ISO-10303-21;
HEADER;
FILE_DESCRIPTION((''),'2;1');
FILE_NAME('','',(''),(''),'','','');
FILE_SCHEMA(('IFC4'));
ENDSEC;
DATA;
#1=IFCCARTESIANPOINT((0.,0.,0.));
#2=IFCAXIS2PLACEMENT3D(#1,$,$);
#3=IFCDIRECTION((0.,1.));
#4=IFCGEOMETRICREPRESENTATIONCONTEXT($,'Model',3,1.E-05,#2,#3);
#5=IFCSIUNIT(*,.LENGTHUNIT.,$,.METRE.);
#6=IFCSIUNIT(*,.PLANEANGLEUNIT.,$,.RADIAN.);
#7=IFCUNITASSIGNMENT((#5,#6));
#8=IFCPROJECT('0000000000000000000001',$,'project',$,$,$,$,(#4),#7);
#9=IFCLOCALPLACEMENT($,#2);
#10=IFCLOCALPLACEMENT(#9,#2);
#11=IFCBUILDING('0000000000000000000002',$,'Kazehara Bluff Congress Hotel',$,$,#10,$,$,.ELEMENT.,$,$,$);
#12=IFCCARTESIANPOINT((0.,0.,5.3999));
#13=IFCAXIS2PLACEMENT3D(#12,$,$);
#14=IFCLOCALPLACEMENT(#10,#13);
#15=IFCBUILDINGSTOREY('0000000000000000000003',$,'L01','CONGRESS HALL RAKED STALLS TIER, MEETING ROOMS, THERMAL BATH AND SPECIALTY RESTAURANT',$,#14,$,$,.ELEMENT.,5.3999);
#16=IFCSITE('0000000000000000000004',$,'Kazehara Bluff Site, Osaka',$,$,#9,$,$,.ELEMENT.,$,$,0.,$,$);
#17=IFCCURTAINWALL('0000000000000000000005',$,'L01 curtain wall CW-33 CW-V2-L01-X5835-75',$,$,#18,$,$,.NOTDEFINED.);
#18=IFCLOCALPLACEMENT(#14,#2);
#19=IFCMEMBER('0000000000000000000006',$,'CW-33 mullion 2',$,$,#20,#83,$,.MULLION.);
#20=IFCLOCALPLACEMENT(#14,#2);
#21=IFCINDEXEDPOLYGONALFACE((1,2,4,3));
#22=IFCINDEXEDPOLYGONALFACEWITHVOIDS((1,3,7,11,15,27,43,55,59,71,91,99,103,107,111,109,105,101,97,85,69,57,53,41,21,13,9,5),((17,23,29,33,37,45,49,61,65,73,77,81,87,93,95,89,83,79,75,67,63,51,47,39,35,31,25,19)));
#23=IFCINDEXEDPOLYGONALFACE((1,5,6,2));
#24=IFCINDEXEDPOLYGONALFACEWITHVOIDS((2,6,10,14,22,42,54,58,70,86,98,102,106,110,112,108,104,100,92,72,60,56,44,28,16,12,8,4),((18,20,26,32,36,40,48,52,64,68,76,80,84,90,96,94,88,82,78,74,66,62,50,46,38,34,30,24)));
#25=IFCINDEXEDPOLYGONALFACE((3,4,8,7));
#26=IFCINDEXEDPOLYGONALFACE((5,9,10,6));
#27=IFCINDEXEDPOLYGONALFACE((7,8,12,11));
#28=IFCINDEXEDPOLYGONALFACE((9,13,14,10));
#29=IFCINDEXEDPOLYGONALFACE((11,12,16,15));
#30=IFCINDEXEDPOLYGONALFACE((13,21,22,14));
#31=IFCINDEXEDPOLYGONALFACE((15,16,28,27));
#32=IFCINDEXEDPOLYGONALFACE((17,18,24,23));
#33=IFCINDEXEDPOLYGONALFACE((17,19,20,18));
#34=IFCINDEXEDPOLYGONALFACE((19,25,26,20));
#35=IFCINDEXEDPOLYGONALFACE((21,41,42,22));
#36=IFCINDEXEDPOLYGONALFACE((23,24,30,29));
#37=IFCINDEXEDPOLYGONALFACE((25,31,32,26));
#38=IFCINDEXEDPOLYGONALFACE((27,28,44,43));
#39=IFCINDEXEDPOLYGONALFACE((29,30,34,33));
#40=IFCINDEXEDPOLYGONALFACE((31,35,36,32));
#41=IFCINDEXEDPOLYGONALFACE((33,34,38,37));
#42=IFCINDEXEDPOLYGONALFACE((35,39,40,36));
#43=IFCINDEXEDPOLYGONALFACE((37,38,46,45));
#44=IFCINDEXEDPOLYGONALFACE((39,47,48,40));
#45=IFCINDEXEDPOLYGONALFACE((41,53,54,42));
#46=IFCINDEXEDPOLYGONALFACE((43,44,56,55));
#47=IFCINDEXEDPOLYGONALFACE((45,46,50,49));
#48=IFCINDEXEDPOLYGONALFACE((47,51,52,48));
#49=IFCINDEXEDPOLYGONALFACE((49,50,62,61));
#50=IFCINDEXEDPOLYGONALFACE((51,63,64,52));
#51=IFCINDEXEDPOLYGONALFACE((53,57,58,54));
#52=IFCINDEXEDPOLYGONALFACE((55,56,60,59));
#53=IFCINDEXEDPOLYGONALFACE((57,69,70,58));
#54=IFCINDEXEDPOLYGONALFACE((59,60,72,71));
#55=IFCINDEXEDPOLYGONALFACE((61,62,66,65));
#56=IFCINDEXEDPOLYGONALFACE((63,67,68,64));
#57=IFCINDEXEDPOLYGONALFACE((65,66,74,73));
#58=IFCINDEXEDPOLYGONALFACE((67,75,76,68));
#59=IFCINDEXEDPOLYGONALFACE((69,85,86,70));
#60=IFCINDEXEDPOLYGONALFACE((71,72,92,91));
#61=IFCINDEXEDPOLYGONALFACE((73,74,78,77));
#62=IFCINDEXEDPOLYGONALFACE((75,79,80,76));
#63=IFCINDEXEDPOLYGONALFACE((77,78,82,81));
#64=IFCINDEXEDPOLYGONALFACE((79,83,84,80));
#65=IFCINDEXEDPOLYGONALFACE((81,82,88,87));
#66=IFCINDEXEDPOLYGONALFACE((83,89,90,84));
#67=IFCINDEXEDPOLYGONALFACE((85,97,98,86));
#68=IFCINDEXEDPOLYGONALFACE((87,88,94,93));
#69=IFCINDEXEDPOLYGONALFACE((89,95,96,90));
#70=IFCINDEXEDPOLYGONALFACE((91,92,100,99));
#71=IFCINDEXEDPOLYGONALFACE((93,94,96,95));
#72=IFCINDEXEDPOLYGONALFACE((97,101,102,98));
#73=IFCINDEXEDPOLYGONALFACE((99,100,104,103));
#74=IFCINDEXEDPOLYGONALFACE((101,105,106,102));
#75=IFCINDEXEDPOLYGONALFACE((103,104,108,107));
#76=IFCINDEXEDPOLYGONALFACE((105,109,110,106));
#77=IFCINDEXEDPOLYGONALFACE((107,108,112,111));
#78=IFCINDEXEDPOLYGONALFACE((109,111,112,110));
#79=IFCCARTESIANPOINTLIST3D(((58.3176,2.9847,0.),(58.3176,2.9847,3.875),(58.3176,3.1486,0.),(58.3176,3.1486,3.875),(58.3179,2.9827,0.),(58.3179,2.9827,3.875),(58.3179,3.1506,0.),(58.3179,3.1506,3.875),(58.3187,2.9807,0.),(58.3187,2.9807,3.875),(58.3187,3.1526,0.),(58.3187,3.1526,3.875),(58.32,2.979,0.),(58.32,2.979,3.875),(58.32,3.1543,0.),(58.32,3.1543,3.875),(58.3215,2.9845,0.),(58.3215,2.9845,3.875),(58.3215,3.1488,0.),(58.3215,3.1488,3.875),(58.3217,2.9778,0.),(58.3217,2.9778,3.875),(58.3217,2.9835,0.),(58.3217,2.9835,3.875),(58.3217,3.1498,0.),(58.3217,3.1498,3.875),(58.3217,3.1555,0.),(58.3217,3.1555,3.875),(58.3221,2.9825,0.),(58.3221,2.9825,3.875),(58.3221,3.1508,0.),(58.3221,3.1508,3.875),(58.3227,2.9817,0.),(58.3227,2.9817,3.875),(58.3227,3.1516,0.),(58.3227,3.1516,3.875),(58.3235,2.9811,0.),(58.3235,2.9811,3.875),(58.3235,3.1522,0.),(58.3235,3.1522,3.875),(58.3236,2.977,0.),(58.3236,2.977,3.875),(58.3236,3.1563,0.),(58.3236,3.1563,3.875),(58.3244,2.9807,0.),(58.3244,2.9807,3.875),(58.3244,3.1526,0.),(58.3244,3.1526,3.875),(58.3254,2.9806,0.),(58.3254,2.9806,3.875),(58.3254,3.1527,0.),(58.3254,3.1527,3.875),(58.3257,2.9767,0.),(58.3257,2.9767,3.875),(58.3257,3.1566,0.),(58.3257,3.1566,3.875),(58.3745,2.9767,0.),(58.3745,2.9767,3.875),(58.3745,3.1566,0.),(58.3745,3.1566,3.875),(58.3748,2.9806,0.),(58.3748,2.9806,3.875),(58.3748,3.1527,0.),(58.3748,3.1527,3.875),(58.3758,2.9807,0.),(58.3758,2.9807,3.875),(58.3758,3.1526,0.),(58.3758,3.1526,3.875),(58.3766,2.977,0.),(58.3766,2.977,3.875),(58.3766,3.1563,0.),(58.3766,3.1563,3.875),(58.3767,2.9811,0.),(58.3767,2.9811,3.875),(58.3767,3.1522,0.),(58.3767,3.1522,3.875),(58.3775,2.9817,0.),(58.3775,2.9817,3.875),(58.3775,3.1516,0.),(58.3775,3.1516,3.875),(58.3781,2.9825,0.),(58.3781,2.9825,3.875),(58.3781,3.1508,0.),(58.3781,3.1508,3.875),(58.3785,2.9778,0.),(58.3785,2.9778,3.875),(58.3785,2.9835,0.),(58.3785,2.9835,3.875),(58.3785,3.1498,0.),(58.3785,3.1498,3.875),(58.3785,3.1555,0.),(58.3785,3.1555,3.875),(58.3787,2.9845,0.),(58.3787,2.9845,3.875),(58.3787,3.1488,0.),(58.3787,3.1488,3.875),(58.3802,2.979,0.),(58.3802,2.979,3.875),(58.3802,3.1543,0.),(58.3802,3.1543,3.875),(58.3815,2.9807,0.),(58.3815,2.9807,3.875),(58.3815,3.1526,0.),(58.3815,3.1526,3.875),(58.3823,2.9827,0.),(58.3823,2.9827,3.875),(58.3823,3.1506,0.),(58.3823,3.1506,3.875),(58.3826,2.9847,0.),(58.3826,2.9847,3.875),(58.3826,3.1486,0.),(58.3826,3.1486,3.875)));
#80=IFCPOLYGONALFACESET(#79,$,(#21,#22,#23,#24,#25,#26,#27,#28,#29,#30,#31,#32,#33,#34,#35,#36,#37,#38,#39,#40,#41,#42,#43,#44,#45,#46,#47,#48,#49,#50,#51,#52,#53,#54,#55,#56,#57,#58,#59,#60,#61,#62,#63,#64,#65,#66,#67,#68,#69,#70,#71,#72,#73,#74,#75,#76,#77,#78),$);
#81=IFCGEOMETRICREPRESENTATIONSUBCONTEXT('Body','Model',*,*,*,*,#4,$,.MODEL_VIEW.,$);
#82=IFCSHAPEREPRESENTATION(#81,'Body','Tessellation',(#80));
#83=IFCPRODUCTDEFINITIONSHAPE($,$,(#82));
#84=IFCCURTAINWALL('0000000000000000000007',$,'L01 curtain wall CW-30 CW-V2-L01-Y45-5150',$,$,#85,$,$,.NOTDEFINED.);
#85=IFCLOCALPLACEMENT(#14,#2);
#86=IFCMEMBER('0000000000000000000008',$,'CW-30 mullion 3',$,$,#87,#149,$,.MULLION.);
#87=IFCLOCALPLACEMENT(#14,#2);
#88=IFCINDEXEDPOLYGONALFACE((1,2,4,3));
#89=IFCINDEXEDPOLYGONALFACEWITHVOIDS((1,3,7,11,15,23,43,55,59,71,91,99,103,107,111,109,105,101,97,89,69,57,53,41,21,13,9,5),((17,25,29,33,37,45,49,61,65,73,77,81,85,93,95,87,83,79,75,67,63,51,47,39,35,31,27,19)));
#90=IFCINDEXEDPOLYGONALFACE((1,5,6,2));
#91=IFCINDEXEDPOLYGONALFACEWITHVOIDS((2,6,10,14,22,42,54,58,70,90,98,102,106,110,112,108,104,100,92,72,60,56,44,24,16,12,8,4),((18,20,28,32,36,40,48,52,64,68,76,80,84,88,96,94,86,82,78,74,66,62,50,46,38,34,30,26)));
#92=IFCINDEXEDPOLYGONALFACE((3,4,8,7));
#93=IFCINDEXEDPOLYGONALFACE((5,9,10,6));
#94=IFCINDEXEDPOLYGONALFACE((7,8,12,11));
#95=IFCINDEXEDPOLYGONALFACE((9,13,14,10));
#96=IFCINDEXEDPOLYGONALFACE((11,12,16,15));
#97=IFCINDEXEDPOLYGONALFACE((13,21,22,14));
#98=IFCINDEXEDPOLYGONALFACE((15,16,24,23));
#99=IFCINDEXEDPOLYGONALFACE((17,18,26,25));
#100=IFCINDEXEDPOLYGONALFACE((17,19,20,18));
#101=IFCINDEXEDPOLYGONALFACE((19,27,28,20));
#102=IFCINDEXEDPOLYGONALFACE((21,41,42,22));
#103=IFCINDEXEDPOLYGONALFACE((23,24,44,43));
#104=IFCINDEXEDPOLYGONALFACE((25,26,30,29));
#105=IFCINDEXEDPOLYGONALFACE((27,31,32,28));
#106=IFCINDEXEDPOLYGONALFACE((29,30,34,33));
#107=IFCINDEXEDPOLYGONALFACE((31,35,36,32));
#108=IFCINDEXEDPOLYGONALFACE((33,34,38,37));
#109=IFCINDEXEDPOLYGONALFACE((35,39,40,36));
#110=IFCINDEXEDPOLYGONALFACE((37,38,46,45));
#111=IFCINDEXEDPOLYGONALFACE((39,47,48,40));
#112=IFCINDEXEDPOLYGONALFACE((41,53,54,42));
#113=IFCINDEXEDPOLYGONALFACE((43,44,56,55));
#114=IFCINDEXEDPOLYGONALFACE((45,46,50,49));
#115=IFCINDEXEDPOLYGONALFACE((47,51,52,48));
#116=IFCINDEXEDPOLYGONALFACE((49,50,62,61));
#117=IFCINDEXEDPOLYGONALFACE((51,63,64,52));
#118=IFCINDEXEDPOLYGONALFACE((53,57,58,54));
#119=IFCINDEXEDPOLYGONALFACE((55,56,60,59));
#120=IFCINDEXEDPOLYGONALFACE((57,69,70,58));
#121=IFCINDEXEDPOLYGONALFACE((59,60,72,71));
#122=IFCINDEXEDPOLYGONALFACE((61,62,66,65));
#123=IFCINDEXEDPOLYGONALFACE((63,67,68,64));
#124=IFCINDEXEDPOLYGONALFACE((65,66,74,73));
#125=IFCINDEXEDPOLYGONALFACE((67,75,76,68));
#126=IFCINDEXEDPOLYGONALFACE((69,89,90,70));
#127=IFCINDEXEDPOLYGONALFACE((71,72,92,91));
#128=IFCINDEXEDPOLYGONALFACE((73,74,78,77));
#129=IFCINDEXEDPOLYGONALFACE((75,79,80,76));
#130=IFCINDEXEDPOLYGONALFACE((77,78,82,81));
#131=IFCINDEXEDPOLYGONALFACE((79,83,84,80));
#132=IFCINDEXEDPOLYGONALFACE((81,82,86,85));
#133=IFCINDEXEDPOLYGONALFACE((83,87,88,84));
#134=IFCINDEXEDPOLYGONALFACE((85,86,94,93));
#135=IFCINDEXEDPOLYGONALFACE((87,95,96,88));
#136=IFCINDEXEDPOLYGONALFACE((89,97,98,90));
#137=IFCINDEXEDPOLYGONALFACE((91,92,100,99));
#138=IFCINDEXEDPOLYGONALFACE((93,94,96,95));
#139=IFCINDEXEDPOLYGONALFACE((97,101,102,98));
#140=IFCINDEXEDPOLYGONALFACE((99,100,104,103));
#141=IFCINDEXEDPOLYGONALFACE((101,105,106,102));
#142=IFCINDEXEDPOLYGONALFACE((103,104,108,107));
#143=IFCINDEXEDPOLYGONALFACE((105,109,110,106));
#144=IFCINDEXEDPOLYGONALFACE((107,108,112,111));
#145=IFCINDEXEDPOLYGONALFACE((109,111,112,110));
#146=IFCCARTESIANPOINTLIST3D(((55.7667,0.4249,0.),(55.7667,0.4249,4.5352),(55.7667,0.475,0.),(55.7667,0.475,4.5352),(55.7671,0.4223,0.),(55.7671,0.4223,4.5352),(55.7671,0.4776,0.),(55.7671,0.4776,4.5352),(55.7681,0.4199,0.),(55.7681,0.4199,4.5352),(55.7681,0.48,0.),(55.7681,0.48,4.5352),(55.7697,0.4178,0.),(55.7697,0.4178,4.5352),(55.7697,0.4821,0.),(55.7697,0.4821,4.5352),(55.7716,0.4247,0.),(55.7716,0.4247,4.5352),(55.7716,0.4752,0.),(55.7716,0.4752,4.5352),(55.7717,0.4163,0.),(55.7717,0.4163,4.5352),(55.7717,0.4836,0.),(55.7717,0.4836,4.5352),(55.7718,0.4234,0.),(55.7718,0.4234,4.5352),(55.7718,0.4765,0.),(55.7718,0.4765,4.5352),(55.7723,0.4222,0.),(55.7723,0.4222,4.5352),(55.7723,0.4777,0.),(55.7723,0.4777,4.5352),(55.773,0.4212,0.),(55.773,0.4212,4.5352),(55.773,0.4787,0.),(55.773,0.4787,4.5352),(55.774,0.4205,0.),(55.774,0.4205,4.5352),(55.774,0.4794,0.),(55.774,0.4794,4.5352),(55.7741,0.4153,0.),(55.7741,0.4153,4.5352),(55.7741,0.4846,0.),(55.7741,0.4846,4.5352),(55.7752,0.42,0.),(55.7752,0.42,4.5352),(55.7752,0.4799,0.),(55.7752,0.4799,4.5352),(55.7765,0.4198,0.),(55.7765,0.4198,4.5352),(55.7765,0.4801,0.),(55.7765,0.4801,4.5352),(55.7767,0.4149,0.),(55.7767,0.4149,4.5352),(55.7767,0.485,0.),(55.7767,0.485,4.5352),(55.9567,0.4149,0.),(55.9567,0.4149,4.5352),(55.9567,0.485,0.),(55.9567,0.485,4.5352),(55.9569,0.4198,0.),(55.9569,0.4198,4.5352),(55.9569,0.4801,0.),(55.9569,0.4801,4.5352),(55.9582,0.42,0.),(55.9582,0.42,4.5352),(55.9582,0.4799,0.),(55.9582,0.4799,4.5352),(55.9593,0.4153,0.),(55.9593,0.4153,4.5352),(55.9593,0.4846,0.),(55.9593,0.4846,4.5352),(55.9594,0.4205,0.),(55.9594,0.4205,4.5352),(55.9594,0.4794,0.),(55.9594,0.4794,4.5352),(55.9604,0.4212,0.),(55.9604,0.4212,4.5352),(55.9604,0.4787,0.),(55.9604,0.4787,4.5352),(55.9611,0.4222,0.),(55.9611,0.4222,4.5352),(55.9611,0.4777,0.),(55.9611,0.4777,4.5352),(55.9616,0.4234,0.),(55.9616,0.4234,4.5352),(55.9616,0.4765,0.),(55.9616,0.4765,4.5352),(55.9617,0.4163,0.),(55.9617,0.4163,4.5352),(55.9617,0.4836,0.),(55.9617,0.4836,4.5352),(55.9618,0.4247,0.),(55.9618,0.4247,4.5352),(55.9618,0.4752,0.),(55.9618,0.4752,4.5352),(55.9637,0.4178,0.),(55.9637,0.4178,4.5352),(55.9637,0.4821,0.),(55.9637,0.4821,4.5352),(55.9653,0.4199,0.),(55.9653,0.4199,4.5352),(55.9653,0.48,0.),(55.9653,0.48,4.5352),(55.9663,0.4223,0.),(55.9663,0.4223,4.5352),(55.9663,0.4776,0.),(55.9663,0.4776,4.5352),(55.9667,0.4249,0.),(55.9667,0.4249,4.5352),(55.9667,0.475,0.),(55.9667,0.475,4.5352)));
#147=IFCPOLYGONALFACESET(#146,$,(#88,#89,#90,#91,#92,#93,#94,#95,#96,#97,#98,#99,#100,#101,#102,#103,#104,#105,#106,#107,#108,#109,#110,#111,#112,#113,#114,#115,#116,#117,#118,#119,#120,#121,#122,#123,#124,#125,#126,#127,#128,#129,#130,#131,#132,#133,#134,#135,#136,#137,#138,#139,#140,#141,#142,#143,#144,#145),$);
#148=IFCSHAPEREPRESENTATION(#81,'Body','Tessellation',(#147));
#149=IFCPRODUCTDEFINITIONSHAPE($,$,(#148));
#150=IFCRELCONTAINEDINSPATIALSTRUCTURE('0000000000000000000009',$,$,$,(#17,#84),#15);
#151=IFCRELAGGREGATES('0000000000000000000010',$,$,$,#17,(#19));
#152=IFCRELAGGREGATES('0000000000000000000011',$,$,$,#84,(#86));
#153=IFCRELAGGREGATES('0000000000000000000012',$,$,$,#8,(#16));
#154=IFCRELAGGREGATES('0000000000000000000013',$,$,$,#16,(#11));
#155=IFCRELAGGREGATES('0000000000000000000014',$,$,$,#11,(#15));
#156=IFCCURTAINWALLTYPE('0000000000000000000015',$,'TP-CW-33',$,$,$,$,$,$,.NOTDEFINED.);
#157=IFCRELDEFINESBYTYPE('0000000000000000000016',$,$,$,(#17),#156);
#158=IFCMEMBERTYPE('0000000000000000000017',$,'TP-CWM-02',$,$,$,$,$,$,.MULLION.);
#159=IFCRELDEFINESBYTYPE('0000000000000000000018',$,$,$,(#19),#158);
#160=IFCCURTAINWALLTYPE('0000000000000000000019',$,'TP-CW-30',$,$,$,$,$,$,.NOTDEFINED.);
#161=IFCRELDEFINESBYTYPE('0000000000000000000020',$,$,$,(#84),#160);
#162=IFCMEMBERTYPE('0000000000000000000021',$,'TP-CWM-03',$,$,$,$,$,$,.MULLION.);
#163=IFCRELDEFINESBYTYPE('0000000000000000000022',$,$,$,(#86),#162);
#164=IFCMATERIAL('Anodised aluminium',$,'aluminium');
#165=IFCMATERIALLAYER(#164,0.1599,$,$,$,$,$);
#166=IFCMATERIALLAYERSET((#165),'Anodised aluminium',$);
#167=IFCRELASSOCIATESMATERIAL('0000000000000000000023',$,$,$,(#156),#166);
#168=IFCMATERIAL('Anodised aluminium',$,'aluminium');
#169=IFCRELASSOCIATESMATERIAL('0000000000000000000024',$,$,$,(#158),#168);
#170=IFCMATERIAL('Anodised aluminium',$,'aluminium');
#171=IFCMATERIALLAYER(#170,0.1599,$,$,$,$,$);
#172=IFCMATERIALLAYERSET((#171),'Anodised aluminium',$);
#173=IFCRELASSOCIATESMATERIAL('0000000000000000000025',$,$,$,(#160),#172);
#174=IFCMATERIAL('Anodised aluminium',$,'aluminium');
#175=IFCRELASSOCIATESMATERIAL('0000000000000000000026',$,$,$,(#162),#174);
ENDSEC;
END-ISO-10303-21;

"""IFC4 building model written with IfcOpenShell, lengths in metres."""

from ifc_helpers import new_model, si_unit, direction, frame, origin, origin_2d, place, context, subcontext, project, spatial, hollow_rectangle, extrude, material, layer, layer_set, material_profile, profile_set, type_object, element, aggregate, save


model = new_model("IFC4")

# Units and contexts
model_context = context("Model", 3, precision=1e-05, world=origin(), true_north=direction((0.0, 1.0)))
body_context = subcontext(model_context, "Body", "Model", "MODEL_VIEW")
ifc_project = project(units=[si_unit("LENGTHUNIT", "METRE"), si_unit("PLANEANGLEUNIT", "RADIAN")], contexts=[model_context])

# Site, building, storey
site_placement = place(None, origin())
site = spatial("IfcSite", under=ifc_project, at=site_placement, Name="Kazehara Bluff Site, Osaka", CompositionType="ELEMENT", RefElevation=0.0)
building_placement = place(site_placement, origin())
building = spatial("IfcBuilding", under=site, at=building_placement, Name="Kazehara Bluff Congress Hotel", CompositionType="ELEMENT")
storey_placement = place(building_placement, frame((0.0, 0.0, 5.3999)))
storey = spatial("IfcBuildingStorey", under=building, at=storey_placement, Name="L01", Description="CONGRESS HALL RAKED STALLS TIER, MEETING ROOMS, THERMAL BATH AND SPECIALTY RESTAURANT", CompositionType="ELEMENT", Elevation=5.3999)

# Curtain walls, members
ifc_material_1 = material(Name="Anodised aluminium", Category="aluminium")
ifc_layer_1 = layer(ifc_material_1, 0.1599)
ifc_layer_set_1 = layer_set([ifc_layer_1], Name="Anodised aluminium")
curtain_wall_type_1 = type_object("IfcCurtainWallType", Name="TP-CW-33", PredefinedType="NOTDEFINED", material=ifc_layer_set_1)
curtain_wall_1_placement = place(storey_placement, origin())
curtain_wall_1 = element("IfcCurtainWall", 1, at=curtain_wall_1_placement, inside=storey, type_object=curtain_wall_type_1, Name="L01 curtain wall CW-33 CW-V2-L01-X5835-75", PredefinedType="NOTDEFINED")
ifc_material_2 = material(Name="Anodised aluminium", Category="aluminium")
ifc_material_profile_1 = material_profile(ifc_material_2, hollow_rectangle(XDim=0.0649, YDim=0.1799, WallThickness=0.0039, InnerFilletRadius=0.0039, OuterFilletRadius=0.0081, at=origin_2d()))
ifc_profile_set_1 = profile_set([ifc_material_profile_1], Name="Anodised aluminium")
member_type_1 = type_object("IfcMemberType", Name="TP-CWM-02", PredefinedType="MULLION", material=ifc_profile_set_1)
member_1_placement = place(storey_placement, frame((58.3501, 3.0667, 0.0), z_axis=(0.0, 0.0, 1.0), x_axis=(-1.0, 0.0, 0.0)))
member_1 = element("IfcMember", 2, at=member_1_placement, type_object=member_type_1, Name="CW-33 mullion 2", PredefinedType="MULLION", context=body_context, shape_type="SweptSolid", body=[
    extrude(hollow_rectangle(XDim=0.0649, YDim=0.1799, WallThickness=0.0039, InnerFilletRadius=0.0039, OuterFilletRadius=0.0081, at=origin_2d()), origin(), (0.0, 0.0, 1.0), 3.875),
])
ifc_material_3 = material(Name="Anodised aluminium", Category="aluminium")
ifc_layer_2 = layer(ifc_material_3, 0.1599)
ifc_layer_set_2 = layer_set([ifc_layer_2], Name="Anodised aluminium")
curtain_wall_type_2 = type_object("IfcCurtainWallType", Name="TP-CW-30", PredefinedType="NOTDEFINED", material=ifc_layer_set_2)
curtain_wall_2_placement = place(storey_placement, origin())
curtain_wall_2 = element("IfcCurtainWall", 3, at=curtain_wall_2_placement, inside=storey, type_object=curtain_wall_type_2, Name="L01 curtain wall CW-30 CW-V2-L01-Y45-5150", PredefinedType="NOTDEFINED")
ifc_material_4 = material(Name="Anodised aluminium", Category="aluminium")
ifc_material_profile_2 = material_profile(ifc_material_4, hollow_rectangle(XDim=0.0701, YDim=0.2, WallThickness=0.0049, InnerFilletRadius=0.0049, OuterFilletRadius=0.01, at=origin_2d()))
ifc_profile_set_2 = profile_set([ifc_material_profile_2], Name="Anodised aluminium")
member_type_2 = type_object("IfcMemberType", Name="TP-CWM-03", PredefinedType="MULLION", material=ifc_profile_set_2)
member_2_placement = place(storey_placement, frame((55.8667, 0.45, 0.0), z_axis=(0.0, 0.0, 1.0), x_axis=(0.0, 1.0, 0.0)))
member_2 = element("IfcMember", 4, at=member_2_placement, type_object=member_type_2, Name="CW-30 mullion 3", PredefinedType="MULLION", context=body_context, shape_type="SweptSolid", body=[
    extrude(hollow_rectangle(XDim=0.0701, YDim=0.2, WallThickness=0.0049, InnerFilletRadius=0.0049, OuterFilletRadius=0.01, at=origin_2d()), origin(), (0.0, 0.0, 1.0), 4.5352),
])

aggregate(curtain_wall_1, [member_1])
aggregate(curtain_wall_2, [member_2])

save(model, "model.ifc")
